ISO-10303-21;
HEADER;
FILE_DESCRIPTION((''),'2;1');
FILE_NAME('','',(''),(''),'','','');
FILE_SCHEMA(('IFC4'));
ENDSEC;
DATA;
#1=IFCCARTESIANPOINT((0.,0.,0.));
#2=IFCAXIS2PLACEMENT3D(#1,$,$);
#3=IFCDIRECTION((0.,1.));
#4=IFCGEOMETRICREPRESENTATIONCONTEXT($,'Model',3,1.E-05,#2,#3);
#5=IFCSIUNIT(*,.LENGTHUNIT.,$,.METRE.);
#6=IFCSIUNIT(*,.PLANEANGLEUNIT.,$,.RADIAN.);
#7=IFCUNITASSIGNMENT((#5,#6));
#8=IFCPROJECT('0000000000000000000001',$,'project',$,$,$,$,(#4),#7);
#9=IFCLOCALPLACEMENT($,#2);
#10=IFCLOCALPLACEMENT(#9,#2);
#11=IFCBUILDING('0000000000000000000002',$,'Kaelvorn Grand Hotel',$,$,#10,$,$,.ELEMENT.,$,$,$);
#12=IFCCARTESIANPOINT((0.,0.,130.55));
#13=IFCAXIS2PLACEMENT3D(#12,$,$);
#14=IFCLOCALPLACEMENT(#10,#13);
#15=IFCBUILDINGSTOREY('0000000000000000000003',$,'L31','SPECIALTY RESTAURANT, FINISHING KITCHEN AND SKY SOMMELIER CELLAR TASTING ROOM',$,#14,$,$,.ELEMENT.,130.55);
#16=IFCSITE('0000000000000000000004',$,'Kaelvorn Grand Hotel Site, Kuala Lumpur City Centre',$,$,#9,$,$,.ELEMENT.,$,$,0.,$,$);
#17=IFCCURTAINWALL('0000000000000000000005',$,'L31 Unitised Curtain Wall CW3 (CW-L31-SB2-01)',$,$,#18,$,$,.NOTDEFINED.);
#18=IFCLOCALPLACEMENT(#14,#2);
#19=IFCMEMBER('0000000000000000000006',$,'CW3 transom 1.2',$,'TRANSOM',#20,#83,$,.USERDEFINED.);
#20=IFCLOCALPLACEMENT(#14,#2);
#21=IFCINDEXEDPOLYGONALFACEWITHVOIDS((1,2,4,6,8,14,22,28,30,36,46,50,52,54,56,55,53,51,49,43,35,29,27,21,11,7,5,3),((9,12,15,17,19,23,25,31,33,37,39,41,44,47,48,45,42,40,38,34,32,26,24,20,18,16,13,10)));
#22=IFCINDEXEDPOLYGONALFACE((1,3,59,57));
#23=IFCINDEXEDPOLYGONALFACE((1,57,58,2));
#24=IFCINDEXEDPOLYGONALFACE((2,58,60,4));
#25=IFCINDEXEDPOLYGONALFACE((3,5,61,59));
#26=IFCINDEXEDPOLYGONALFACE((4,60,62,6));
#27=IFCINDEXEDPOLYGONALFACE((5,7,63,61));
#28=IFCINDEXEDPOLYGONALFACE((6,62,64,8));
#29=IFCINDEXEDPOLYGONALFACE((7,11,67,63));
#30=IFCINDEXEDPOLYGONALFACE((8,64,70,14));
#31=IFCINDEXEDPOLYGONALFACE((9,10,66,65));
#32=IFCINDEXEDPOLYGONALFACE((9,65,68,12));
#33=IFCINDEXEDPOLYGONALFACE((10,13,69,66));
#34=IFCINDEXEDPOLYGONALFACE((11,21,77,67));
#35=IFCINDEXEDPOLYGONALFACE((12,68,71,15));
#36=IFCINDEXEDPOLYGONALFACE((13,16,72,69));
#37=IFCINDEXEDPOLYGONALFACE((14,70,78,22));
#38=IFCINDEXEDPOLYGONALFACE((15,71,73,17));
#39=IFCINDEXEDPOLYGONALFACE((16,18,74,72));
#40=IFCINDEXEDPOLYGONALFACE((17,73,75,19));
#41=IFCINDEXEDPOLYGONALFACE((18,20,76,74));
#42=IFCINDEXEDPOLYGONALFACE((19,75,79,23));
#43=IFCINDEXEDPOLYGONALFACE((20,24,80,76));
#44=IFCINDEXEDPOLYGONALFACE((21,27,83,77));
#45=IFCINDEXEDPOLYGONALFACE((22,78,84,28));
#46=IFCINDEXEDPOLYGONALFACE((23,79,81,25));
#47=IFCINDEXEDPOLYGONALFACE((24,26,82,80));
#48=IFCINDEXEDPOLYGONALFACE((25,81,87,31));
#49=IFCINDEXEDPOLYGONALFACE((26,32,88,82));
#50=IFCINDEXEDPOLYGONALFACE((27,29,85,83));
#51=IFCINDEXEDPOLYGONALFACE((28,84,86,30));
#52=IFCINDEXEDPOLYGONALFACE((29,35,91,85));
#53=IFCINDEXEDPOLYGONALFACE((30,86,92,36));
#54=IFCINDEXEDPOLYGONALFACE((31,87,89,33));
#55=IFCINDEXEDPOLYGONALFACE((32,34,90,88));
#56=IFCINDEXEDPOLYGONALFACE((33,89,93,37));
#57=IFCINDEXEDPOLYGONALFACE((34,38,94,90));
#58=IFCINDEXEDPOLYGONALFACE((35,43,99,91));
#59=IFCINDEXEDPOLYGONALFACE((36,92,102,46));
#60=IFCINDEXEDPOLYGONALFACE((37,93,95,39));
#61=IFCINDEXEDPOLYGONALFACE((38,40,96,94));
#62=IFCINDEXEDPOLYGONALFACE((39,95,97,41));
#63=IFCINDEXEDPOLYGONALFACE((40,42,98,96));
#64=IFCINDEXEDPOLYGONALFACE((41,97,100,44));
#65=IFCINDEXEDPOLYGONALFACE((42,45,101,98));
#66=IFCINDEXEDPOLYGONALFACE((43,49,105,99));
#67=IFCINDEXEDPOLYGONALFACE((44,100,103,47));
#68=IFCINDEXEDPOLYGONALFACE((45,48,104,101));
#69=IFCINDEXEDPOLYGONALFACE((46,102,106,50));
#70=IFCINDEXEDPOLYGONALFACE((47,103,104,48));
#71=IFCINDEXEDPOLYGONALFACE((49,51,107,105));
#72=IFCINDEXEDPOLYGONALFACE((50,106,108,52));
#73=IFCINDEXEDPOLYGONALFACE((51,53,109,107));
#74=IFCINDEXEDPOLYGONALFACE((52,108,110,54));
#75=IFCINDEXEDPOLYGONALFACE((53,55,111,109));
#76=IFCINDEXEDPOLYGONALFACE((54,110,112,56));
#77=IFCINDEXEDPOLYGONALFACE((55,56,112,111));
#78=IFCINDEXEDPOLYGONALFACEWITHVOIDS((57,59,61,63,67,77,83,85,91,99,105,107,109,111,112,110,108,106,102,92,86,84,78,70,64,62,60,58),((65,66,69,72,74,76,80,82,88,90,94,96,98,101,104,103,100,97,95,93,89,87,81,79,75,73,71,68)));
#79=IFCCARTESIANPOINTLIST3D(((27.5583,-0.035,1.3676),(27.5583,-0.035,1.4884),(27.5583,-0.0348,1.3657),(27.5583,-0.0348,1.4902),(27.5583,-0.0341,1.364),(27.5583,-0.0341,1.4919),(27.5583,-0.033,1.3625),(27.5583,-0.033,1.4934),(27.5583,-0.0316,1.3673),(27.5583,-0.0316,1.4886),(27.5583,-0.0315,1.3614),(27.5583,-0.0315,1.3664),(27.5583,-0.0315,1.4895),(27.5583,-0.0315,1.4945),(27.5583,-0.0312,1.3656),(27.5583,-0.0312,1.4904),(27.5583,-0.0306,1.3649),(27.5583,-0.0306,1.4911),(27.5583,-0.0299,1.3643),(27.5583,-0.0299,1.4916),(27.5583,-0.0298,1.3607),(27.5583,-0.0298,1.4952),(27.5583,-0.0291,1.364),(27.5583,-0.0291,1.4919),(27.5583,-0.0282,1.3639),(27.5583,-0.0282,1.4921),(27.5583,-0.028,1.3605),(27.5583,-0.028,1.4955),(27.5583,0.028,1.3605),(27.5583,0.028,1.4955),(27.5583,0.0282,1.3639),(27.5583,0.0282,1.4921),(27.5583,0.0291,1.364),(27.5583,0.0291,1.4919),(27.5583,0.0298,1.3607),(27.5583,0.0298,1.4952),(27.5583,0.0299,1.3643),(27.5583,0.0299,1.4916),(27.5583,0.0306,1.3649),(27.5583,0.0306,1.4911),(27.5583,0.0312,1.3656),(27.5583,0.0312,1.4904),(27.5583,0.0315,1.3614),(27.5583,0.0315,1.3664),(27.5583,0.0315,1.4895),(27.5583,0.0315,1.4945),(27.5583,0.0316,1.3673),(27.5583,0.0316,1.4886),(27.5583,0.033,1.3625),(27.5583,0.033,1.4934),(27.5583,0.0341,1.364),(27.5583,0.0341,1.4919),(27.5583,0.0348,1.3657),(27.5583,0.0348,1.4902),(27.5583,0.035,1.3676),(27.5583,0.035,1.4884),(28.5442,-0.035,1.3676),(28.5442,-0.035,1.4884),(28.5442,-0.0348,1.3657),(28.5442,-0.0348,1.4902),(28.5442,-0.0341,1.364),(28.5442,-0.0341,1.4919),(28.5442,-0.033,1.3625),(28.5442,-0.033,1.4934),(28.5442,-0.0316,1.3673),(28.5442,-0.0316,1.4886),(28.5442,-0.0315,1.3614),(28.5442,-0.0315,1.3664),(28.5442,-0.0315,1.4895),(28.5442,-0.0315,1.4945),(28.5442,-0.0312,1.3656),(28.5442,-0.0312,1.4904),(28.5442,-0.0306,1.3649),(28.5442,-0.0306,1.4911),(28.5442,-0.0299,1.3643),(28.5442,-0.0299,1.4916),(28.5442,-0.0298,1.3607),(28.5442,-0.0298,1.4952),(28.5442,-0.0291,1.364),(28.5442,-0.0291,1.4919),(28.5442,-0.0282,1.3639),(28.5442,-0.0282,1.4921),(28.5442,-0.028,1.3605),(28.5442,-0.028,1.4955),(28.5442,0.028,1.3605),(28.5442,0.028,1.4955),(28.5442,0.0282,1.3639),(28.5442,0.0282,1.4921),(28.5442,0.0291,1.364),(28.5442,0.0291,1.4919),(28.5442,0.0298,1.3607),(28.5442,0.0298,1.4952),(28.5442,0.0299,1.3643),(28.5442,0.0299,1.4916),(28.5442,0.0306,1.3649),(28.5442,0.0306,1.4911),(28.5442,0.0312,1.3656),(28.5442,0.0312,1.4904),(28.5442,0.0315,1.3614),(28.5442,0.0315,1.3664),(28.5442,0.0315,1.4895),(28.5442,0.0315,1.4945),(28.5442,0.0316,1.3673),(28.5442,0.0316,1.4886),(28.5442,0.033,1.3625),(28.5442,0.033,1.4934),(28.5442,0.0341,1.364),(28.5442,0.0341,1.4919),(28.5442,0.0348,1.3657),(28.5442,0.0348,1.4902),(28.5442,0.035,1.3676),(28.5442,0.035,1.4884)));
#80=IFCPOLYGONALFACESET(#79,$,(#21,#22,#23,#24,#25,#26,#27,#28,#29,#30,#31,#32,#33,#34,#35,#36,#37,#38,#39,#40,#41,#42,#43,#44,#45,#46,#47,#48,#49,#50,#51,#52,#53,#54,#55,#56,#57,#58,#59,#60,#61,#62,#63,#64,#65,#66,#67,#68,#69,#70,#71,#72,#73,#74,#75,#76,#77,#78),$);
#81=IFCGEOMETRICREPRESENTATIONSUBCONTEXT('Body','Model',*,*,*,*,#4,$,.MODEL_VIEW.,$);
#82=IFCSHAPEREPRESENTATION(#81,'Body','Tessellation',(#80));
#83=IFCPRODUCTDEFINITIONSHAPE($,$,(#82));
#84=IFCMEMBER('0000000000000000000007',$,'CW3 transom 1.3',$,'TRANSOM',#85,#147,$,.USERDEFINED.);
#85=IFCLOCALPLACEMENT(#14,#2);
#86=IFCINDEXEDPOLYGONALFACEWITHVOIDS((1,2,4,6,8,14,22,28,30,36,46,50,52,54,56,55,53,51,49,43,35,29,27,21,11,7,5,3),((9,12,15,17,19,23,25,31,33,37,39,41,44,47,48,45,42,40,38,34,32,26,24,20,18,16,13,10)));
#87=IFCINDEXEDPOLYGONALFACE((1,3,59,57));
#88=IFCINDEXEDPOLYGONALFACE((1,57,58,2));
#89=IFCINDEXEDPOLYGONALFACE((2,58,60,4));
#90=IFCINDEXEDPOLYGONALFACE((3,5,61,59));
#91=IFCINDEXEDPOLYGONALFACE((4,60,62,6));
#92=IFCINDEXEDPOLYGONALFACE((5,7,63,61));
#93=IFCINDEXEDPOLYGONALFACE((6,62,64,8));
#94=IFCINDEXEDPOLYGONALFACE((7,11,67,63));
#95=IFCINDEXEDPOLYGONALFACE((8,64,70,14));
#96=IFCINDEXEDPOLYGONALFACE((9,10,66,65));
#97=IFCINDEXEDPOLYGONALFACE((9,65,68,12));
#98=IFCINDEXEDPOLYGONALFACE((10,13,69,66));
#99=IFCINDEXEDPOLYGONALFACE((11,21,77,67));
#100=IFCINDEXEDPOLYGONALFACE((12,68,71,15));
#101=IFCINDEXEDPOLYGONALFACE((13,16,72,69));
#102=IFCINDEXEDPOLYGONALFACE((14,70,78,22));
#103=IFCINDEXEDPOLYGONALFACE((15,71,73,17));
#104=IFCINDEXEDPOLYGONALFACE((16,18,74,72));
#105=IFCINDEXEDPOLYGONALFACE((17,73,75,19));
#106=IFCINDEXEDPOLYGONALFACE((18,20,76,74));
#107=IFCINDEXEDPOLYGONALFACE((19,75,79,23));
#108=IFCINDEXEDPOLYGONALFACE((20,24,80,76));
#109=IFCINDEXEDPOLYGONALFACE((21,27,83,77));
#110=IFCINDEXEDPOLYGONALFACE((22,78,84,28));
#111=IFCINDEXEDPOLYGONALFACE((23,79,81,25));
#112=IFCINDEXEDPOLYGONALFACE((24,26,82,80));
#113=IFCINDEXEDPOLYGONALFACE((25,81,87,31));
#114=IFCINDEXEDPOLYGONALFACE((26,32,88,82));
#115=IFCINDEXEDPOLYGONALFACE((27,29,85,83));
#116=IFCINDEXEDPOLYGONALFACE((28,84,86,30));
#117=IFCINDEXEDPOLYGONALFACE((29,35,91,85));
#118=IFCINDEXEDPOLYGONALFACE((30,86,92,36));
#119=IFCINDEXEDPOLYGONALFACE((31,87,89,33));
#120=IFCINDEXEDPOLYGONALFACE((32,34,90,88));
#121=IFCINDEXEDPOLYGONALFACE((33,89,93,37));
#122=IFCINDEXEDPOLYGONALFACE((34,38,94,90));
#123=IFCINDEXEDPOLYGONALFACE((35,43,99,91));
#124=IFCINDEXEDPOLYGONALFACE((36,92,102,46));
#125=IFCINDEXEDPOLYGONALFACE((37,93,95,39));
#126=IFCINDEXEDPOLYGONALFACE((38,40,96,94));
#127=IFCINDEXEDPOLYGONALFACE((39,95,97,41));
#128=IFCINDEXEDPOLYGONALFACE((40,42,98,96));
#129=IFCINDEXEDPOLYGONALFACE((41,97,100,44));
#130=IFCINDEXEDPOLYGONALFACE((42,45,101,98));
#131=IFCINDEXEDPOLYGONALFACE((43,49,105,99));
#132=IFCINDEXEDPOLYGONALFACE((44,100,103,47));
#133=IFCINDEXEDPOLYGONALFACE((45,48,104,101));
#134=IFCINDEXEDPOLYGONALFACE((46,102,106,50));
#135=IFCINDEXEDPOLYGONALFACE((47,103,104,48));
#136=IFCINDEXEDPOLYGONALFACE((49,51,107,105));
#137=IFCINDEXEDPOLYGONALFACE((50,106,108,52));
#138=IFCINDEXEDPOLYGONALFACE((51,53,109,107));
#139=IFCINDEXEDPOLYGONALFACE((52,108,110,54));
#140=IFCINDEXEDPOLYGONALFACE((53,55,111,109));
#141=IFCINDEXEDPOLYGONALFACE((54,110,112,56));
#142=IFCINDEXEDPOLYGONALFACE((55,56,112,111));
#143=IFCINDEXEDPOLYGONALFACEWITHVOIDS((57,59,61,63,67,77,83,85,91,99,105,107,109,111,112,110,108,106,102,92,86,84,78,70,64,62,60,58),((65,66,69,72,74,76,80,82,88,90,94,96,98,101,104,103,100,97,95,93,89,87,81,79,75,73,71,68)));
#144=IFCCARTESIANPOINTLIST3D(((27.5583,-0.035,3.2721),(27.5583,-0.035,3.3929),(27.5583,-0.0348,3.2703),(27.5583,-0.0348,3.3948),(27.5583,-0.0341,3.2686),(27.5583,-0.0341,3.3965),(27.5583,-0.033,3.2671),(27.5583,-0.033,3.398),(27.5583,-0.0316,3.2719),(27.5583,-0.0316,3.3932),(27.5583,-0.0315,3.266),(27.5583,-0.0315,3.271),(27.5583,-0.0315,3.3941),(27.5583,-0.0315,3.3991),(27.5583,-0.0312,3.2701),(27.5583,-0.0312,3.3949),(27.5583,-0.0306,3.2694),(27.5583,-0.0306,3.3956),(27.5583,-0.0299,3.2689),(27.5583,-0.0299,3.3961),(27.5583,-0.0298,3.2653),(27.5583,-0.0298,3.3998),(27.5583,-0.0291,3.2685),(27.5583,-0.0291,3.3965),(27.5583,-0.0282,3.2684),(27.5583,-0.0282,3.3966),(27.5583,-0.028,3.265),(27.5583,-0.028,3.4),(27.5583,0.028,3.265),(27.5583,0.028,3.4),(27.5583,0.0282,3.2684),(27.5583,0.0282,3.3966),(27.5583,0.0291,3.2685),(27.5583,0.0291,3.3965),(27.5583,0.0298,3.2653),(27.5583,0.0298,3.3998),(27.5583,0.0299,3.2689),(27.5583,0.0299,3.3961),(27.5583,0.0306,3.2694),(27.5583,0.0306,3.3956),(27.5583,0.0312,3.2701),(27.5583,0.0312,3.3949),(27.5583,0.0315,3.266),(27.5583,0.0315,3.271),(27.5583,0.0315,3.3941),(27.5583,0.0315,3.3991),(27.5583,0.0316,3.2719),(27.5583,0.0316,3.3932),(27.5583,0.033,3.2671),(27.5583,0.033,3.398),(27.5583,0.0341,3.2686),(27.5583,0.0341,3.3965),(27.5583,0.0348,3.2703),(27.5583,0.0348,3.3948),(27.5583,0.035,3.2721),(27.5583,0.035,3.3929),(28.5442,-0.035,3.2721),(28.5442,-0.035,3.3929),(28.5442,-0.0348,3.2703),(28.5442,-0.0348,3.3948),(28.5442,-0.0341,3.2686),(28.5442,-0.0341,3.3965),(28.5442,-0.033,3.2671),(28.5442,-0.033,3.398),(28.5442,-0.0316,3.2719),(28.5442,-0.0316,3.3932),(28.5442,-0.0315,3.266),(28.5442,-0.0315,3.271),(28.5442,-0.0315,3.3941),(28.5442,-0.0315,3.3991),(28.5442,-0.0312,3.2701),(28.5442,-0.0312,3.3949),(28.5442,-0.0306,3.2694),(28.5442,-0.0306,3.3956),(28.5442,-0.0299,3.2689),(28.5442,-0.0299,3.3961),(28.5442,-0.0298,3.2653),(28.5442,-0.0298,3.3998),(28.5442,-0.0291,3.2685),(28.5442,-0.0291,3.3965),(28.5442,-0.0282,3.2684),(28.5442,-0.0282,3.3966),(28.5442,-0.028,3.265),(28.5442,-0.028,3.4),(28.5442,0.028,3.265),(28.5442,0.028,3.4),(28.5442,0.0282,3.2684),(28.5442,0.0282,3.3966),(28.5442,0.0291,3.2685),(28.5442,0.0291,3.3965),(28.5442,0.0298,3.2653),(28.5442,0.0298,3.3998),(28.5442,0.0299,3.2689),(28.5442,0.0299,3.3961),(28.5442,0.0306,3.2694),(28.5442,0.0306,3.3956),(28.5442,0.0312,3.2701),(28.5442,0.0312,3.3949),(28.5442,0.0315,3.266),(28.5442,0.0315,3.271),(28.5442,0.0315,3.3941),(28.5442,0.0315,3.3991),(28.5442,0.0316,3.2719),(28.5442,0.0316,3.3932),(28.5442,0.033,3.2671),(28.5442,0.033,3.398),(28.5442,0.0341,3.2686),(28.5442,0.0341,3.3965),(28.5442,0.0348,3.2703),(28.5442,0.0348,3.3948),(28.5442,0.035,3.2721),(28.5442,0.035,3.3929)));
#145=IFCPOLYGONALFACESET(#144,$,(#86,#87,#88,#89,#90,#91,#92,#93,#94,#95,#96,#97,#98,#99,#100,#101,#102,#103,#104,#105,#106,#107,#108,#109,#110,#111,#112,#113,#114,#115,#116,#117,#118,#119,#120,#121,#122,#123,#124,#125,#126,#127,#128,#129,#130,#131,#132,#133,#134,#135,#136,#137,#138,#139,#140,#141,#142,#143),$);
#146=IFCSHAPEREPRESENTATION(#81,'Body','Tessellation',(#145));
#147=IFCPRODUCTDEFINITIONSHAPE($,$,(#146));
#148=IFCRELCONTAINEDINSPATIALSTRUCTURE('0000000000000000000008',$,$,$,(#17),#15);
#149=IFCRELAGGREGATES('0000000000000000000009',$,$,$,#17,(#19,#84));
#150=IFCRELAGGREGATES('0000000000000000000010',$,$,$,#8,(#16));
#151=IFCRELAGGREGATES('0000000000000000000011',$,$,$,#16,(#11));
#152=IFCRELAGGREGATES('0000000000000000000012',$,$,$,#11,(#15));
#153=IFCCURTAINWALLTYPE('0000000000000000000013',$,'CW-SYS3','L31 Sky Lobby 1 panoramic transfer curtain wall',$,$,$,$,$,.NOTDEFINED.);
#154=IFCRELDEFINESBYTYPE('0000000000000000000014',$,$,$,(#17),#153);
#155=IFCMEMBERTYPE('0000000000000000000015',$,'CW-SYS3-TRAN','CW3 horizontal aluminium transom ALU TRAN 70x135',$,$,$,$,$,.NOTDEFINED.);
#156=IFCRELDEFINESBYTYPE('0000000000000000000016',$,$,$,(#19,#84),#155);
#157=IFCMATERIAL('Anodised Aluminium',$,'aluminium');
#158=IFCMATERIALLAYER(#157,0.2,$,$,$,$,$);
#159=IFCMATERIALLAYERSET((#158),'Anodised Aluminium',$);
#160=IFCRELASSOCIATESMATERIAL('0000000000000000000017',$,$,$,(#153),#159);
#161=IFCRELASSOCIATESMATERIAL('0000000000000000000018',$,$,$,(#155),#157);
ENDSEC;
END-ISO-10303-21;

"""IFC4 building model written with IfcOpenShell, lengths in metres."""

from ifc_helpers import new_model, si_unit, direction, frame, origin, origin_2d, place, context, subcontext, project, spatial, hollow_rectangle, extrude, material, layer, layer_set, material_profile, profile_set, type_object, element, aggregate, save


model = new_model("IFC4")

# Units and contexts
model_context = context("Model", 3, precision=1e-05, world=origin(), true_north=direction((0.0, 1.0)))
body_context = subcontext(model_context, "Body", "Model", "MODEL_VIEW")
ifc_project = project(units=[si_unit("LENGTHUNIT", "METRE"), si_unit("PLANEANGLEUNIT", "RADIAN")], contexts=[model_context])

# Site, building, storey
site_placement = place(None, origin())
site = spatial("IfcSite", under=ifc_project, at=site_placement, Name="Kaelvorn Grand Hotel Site, Kuala Lumpur City Centre", CompositionType="ELEMENT", RefElevation=0.0)
building_placement = place(site_placement, origin())
building = spatial("IfcBuilding", under=site, at=building_placement, Name="Kaelvorn Grand Hotel", CompositionType="ELEMENT")
storey_placement = place(building_placement, frame((0.0, 0.0, 130.55)))
storey = spatial("IfcBuildingStorey", under=building, at=storey_placement, Name="L31", Description="SPECIALTY RESTAURANT, FINISHING KITCHEN AND SKY SOMMELIER CELLAR TASTING ROOM", CompositionType="ELEMENT", Elevation=130.55)

# Shared definitions
ifc_material_1 = material(Name="Anodised Aluminium", Category="aluminium")
ifc_layer_1 = layer(ifc_material_1, 0.2)
ifc_layer_set_1 = layer_set([ifc_layer_1], Name="Anodised Aluminium")
curtain_wall_type = type_object("IfcCurtainWallType", Name="CW-SYS3", Description="L31 Sky Lobby 1 panoramic transfer curtain wall", PredefinedType="NOTDEFINED", material=ifc_layer_set_1)

# Curtain wall, members
curtain_wall_1_placement = place(storey_placement, origin())
curtain_wall_1 = element("IfcCurtainWall", 1, at=curtain_wall_1_placement, inside=storey, type_object=curtain_wall_type, Name="L31 Unitised Curtain Wall CW3 (CW-L31-SB2-01)", PredefinedType="NOTDEFINED")
ifc_material_profile_1 = material_profile(ifc_material_1, hollow_rectangle(XDim=0.0701, YDim=0.135, WallThickness=0.0034, InnerFilletRadius=0.0034, OuterFilletRadius=0.0071, at=origin_2d()), Name="ALU TRAN 70x135")
ifc_profile_set_1 = profile_set([ifc_material_profile_1], Name="Anodised Aluminium")
member_type_1 = type_object("IfcMemberType", Name="CW-SYS3-TRAN", Description="CW3 horizontal aluminium transom ALU TRAN 70x135", PredefinedType="NOTDEFINED", material=ifc_profile_set_1)
member_1_placement = place(storey_placement, frame((27.5583, 0.0, 1.428), z_axis=(1.0, 0.0, 0.0), x_axis=(0.0, 1.0, 0.0)))
member_1 = element("IfcMember", 2, at=member_1_placement, type_object=member_type_1, Name="CW3 transom 1.2", ObjectType="TRANSOM", PredefinedType="USERDEFINED", context=body_context, shape_type="SweptSolid", body=[
    extrude(hollow_rectangle(XDim=0.0701, YDim=0.135, WallThickness=0.0034, InnerFilletRadius=0.0034, OuterFilletRadius=0.0071, at=origin_2d()), origin(), (0.0, 0.0, 1.0), 0.9858),
])
member_2_placement = place(storey_placement, frame((27.5583, 0.0, 3.3325), z_axis=(1.0, 0.0, 0.0), x_axis=(0.0, 1.0, 0.0)))
member_2 = element("IfcMember", 3, at=member_2_placement, type_object=member_type_1, Name="CW3 transom 1.3", ObjectType="TRANSOM", PredefinedType="USERDEFINED", context=body_context, shape_type="SweptSolid", body=[
    extrude(hollow_rectangle(XDim=0.0701, YDim=0.135, WallThickness=0.0034, InnerFilletRadius=0.0034, OuterFilletRadius=0.0071, at=origin_2d()), origin(), (0.0, 0.0, 1.0), 0.9858),
])

aggregate(curtain_wall_1, [member_1, member_2])

save(model, "model.ifc")
